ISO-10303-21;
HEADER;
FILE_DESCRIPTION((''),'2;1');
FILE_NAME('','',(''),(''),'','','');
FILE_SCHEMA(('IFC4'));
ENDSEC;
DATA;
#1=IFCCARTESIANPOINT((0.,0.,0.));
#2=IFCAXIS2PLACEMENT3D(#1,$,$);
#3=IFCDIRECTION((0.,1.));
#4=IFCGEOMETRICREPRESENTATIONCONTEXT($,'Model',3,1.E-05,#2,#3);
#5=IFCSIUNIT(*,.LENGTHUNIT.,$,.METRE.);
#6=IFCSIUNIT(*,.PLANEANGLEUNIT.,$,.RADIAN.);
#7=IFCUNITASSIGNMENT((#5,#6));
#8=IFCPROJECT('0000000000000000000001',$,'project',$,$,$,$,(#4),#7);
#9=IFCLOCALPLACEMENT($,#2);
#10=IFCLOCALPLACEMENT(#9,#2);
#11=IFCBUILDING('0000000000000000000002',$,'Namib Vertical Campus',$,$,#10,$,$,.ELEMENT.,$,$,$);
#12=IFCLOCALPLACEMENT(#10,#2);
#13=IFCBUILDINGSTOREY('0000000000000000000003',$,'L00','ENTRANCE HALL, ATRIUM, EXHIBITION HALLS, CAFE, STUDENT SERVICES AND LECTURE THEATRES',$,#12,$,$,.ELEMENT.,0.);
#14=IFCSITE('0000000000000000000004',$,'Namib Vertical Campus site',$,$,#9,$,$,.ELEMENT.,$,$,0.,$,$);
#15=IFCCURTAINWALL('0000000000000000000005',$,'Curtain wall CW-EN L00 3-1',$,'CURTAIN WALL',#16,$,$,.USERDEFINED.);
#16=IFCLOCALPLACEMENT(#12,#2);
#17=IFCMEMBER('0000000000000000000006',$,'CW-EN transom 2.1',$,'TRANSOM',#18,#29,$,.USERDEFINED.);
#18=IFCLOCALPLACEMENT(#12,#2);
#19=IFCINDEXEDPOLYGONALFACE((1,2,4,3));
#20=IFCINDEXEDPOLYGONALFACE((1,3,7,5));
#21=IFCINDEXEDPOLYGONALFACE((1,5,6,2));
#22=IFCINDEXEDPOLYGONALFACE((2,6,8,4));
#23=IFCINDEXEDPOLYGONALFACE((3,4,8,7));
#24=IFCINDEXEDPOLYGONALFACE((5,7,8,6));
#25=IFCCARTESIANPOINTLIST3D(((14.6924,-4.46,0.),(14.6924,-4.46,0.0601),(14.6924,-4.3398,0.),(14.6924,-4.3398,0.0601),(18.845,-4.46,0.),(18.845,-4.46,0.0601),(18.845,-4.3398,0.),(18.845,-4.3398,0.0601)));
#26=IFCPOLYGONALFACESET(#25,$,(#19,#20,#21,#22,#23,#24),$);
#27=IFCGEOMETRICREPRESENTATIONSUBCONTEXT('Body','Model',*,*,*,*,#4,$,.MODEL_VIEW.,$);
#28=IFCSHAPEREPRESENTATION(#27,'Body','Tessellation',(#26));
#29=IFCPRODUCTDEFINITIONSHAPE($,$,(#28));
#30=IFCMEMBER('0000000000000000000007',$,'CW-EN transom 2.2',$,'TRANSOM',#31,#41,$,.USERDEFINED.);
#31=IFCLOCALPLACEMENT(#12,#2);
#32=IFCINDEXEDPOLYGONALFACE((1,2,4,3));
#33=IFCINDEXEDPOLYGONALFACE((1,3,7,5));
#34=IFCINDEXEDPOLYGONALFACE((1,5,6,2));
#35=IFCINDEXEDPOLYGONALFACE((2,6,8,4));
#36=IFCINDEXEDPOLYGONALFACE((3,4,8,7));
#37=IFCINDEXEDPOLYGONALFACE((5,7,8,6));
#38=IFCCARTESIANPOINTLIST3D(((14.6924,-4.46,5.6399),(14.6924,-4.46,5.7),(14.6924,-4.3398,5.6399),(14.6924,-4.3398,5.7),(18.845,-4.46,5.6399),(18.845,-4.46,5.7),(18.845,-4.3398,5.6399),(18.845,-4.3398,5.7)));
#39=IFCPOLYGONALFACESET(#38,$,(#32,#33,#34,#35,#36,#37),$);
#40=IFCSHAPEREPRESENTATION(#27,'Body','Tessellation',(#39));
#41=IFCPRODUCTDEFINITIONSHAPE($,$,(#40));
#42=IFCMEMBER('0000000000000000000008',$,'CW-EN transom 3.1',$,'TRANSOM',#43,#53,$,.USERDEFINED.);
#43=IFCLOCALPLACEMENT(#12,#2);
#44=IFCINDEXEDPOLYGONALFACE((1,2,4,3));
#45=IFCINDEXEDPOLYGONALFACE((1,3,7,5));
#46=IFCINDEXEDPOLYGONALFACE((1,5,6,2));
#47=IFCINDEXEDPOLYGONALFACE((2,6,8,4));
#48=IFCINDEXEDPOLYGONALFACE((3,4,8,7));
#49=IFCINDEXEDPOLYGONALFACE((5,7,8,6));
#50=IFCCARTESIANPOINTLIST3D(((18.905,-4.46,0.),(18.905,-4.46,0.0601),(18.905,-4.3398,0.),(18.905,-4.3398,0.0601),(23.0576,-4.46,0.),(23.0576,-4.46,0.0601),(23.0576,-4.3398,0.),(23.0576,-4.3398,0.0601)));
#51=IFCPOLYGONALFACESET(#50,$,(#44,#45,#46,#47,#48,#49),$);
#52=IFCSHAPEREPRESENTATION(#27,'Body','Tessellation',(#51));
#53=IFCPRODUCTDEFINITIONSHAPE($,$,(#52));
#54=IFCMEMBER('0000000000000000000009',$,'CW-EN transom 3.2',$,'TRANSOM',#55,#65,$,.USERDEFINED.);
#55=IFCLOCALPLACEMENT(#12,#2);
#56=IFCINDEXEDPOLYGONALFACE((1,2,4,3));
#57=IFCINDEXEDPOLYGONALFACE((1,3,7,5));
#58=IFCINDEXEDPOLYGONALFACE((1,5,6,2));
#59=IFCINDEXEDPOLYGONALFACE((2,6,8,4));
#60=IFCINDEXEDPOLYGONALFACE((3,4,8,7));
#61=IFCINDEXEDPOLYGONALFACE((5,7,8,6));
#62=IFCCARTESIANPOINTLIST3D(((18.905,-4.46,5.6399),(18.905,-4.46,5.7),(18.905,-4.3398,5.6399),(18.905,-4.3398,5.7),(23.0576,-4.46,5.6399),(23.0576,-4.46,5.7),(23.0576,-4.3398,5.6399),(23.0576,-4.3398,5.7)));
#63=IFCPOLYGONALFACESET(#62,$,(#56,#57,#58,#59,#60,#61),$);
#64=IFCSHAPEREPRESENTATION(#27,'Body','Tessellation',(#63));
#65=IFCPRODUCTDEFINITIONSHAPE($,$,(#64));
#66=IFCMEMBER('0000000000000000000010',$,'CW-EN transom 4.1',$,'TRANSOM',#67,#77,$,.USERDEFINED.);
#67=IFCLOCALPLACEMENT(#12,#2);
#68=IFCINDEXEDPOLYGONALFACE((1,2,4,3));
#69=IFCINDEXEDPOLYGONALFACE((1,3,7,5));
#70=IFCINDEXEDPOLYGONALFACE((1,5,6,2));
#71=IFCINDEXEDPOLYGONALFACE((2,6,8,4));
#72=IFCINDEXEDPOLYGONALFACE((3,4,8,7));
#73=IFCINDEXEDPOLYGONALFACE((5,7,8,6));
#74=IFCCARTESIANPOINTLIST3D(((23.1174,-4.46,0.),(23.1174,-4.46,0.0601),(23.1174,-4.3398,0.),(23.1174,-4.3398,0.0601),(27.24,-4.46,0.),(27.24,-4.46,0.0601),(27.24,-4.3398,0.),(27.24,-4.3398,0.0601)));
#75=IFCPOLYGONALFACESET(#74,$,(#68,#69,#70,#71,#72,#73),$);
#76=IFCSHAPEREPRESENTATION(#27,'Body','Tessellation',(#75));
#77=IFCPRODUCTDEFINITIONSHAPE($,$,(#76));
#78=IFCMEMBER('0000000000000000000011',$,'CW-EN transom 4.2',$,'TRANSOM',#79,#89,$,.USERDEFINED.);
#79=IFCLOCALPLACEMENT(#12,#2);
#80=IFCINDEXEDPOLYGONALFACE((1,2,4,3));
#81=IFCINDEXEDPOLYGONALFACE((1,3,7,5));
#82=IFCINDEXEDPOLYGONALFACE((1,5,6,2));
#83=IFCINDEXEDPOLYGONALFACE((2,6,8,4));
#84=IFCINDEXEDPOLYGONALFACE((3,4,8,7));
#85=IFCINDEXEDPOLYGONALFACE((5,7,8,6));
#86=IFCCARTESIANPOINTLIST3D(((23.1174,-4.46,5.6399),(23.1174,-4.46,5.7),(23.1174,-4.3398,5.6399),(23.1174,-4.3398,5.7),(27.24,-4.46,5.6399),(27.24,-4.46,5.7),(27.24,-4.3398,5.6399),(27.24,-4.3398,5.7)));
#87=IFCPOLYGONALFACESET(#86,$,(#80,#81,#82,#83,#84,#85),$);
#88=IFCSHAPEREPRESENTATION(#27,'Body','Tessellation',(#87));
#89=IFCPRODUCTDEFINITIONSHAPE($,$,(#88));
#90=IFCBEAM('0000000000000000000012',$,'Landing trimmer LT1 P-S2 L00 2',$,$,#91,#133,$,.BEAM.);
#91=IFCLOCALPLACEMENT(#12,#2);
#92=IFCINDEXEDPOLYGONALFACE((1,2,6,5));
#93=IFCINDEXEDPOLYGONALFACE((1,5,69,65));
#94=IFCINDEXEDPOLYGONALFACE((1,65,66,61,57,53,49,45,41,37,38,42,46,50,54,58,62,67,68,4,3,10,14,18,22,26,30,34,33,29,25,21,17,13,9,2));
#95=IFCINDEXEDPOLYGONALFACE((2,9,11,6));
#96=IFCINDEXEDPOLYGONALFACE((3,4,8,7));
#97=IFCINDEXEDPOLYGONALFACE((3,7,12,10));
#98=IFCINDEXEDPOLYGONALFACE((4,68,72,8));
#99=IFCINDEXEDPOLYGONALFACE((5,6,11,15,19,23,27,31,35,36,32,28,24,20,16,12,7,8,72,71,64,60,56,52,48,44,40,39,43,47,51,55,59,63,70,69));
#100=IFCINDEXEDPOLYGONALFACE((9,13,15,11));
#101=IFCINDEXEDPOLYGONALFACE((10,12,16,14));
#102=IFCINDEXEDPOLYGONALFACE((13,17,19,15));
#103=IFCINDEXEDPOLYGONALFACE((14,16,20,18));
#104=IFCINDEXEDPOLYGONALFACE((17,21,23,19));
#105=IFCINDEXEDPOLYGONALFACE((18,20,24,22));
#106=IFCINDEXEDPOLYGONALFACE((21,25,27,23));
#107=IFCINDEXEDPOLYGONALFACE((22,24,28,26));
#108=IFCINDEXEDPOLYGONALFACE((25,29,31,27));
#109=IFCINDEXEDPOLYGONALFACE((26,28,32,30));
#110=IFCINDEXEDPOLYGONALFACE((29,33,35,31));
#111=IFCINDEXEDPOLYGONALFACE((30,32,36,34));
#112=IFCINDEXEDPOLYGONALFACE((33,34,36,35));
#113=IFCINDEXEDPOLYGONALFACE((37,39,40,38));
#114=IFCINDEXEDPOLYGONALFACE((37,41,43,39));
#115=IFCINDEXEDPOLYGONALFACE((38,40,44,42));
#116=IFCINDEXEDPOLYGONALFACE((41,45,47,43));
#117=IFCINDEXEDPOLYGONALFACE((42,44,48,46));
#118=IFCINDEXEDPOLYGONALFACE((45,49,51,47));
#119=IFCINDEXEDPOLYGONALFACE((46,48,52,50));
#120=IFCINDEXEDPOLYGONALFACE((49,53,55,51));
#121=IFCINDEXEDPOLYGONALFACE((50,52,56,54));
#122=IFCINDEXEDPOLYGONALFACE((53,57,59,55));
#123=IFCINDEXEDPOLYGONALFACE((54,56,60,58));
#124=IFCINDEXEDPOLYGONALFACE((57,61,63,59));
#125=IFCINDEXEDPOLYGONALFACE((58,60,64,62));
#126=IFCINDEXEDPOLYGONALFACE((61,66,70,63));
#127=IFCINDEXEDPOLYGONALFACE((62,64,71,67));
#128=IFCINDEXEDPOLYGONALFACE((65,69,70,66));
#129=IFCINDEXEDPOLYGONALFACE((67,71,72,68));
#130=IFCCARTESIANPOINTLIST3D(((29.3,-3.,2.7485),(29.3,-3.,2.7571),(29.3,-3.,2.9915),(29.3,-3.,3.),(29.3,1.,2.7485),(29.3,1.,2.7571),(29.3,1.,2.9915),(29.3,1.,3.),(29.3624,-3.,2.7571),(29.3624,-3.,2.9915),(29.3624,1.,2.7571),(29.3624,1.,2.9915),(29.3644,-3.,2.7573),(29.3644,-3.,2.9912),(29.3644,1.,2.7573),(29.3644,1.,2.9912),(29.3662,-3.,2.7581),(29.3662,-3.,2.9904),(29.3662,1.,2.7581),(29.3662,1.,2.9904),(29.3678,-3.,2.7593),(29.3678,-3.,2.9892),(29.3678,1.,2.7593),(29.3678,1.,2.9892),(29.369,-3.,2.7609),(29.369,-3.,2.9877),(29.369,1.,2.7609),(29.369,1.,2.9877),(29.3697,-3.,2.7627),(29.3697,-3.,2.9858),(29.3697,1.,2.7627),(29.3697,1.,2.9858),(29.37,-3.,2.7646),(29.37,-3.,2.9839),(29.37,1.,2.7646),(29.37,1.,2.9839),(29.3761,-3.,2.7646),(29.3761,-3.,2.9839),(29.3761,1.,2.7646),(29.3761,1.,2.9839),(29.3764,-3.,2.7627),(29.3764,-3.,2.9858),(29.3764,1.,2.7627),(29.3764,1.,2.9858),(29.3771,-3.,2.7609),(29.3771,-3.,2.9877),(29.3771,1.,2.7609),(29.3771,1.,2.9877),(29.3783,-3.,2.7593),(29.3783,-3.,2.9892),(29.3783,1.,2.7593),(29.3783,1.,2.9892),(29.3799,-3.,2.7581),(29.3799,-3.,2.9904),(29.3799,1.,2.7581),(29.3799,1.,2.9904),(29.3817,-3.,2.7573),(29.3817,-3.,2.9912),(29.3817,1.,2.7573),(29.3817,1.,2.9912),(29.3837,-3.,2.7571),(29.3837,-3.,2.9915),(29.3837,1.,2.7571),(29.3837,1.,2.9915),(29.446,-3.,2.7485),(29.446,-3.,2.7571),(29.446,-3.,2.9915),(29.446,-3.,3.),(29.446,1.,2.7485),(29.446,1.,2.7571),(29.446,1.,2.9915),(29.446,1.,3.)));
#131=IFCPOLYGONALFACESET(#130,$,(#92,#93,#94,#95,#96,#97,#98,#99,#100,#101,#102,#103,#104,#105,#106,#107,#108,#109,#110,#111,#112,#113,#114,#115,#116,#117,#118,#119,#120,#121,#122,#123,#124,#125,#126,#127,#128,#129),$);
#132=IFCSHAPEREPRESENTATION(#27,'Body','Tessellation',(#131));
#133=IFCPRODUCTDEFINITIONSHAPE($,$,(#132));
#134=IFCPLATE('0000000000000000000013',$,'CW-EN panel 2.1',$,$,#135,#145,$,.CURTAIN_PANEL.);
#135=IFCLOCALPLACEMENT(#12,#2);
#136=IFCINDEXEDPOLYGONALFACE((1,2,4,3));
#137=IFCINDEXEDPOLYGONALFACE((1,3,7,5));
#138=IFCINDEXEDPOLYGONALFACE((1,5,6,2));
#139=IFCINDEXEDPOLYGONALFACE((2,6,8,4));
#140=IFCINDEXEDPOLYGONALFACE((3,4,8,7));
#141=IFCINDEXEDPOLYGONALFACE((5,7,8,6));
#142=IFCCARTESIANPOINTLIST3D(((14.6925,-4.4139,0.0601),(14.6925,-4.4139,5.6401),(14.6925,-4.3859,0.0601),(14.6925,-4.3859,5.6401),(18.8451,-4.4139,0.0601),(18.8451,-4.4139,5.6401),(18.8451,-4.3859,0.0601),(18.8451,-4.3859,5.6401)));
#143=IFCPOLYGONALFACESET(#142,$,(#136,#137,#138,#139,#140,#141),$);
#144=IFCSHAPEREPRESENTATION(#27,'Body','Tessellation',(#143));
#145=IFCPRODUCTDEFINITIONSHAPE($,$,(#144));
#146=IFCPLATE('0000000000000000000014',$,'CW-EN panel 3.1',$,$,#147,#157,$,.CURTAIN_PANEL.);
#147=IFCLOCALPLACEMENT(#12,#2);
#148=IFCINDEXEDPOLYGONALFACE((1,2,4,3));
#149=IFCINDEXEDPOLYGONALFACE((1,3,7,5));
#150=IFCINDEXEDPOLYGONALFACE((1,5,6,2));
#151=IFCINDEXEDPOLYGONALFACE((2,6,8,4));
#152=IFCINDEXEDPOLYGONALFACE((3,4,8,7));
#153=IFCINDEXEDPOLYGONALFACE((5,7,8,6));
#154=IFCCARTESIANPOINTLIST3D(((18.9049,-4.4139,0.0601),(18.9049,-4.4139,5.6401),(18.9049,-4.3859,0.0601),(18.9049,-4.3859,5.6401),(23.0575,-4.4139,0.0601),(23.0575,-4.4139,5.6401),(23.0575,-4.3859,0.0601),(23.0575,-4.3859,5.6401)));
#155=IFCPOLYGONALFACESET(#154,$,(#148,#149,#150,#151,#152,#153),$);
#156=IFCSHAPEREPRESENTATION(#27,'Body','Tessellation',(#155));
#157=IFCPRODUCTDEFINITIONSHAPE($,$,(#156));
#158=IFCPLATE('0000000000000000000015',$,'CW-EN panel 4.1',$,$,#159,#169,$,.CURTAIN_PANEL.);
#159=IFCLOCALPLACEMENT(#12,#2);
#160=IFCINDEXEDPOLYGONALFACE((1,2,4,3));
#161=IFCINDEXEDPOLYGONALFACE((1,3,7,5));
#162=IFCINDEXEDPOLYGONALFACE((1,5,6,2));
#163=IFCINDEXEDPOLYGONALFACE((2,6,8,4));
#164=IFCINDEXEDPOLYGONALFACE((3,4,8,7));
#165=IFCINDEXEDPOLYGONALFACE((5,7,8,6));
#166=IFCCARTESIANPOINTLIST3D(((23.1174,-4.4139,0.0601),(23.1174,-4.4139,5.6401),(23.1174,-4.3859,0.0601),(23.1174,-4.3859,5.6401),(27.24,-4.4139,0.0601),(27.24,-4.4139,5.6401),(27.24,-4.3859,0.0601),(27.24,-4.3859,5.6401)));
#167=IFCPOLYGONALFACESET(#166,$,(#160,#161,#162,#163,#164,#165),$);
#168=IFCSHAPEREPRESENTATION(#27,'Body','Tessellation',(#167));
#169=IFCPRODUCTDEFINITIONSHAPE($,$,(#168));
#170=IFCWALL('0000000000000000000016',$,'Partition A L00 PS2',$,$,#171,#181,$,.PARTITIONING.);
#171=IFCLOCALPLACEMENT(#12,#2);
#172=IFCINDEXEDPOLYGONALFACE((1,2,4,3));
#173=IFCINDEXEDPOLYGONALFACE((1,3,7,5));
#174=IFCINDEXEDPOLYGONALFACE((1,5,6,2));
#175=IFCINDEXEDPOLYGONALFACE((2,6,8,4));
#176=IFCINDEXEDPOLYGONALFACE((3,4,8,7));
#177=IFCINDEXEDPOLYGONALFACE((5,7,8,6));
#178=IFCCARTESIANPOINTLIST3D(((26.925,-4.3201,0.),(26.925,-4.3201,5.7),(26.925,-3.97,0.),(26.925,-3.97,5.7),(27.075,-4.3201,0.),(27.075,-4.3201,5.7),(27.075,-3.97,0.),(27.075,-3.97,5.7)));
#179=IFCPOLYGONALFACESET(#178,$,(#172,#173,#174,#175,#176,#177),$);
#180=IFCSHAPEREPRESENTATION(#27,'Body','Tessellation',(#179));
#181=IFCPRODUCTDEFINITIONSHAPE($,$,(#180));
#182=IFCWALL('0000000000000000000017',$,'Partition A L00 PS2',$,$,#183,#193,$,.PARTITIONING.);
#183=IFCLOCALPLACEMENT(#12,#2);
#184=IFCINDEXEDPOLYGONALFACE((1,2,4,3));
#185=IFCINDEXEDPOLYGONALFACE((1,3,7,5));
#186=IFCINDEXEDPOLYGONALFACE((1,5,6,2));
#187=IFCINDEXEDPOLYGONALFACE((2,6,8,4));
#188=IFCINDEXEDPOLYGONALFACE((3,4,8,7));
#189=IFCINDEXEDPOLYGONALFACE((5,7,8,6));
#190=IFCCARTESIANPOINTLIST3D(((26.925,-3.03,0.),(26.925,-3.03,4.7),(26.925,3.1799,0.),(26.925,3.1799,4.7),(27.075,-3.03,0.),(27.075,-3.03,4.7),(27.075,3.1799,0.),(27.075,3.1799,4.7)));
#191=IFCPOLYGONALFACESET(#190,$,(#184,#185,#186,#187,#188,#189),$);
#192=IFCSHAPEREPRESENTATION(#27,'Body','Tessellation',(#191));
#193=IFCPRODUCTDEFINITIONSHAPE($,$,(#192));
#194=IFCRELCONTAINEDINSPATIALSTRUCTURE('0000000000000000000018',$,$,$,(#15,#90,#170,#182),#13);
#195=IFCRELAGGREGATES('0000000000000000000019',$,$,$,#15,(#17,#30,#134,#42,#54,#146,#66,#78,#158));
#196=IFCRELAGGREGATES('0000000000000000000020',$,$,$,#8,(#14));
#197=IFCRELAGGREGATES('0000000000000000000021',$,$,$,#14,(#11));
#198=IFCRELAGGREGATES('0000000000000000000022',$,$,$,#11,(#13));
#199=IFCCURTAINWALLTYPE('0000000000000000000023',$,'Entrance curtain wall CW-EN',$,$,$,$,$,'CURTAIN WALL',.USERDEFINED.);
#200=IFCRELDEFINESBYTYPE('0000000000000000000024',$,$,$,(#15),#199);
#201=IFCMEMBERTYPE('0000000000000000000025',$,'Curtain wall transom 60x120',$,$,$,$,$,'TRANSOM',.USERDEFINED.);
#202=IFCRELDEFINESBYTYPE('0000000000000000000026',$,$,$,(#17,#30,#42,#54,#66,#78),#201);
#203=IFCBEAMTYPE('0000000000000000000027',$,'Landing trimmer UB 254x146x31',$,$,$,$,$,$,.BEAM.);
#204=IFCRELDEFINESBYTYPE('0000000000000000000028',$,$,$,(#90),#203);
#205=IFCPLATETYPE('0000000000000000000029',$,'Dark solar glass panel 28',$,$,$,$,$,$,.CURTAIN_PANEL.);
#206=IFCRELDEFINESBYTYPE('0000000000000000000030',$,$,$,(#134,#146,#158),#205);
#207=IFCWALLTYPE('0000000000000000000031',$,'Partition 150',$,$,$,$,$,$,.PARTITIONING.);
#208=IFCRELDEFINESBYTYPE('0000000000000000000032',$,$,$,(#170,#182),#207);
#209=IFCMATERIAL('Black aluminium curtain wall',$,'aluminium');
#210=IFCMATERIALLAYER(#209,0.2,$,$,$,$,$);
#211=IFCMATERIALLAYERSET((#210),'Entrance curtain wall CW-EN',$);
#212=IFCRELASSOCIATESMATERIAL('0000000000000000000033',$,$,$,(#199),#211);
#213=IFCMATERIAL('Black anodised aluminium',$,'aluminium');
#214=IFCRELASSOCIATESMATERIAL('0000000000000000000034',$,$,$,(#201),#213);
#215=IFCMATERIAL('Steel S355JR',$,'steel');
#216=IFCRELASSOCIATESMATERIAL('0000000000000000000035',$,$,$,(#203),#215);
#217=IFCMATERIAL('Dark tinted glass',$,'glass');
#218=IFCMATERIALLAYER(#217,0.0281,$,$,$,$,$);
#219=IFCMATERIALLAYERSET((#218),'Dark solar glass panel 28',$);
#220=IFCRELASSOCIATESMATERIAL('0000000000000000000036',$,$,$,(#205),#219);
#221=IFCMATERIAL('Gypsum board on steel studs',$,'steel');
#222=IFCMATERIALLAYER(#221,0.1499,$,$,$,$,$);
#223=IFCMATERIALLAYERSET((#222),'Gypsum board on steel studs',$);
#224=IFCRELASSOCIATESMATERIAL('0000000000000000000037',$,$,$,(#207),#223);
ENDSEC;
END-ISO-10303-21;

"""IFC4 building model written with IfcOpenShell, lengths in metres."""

from ifc_helpers import new_model, si_unit, direction, frame, frame_2d, origin, origin_2d, place, context, subcontext, project, spatial, rectangle, i_section, extrude, material, layer, layer_set, material_profile, profile_set, type_object, element, aggregate, save


model = new_model("IFC4")

# Units and contexts
model_context = context("Model", 3, precision=1e-05, world=origin(), true_north=direction((0.0, 1.0)))
body_context = subcontext(model_context, "Body", "Model", "MODEL_VIEW")
ifc_project = project(units=[si_unit("LENGTHUNIT", "METRE"), si_unit("PLANEANGLEUNIT", "RADIAN")], contexts=[model_context])

# Site, building, storey
site_placement = place(None, origin())
site = spatial("IfcSite", under=ifc_project, at=site_placement, Name="Namib Vertical Campus site", CompositionType="ELEMENT", RefElevation=0.0)
building_placement = place(site_placement, origin())
building = spatial("IfcBuilding", under=site, at=building_placement, Name="Namib Vertical Campus", CompositionType="ELEMENT")
storey_placement = place(building_placement, origin())
storey = spatial("IfcBuildingStorey", under=building, at=storey_placement, Name="L00", Description="ENTRANCE HALL, ATRIUM, EXHIBITION HALLS, CAFE, STUDENT SERVICES AND LECTURE THEATRES", CompositionType="ELEMENT", Elevation=0.0)

# Curtain wall, members
ifc_material_1 = material(Name="Black aluminium curtain wall", Category="aluminium")
ifc_layer_1 = layer(ifc_material_1, 0.2)
ifc_layer_set_1 = layer_set([ifc_layer_1], Name="Entrance curtain wall CW-EN")
curtain_wall_type = type_object("IfcCurtainWallType", Name="Entrance curtain wall CW-EN", ElementType="CURTAIN WALL", PredefinedType="USERDEFINED", material=ifc_layer_set_1)
curtain_wall_placement = place(storey_placement, origin())
curtain_wall = element("IfcCurtainWall", 1, at=curtain_wall_placement, inside=storey, type_object=curtain_wall_type, Name="Curtain wall CW-EN L00 3-1", ObjectType="CURTAIN WALL", PredefinedType="USERDEFINED")
ifc_material_2 = material(Name="Black anodised aluminium", Category="aluminium")
ifc_material_profile_1 = material_profile(ifc_material_2, rectangle(XDim=0.0601, YDim=0.1201, at=origin_2d()))
ifc_profile_set_1 = profile_set([ifc_material_profile_1], Name="Black anodised aluminium")
member_type_1 = type_object("IfcMemberType", Name="Curtain wall transom 60x120", ElementType="TRANSOM", PredefinedType="USERDEFINED", material=ifc_profile_set_1)
member_1_placement = place(storey_placement, frame((14.6924, -4.3999, 0.03), z_axis=(1.0, 0.0, 0.0), x_axis=(0.0, 0.0, 1.0)))
member_1 = element("IfcMember", 2, at=member_1_placement, type_object=member_type_1, Name="CW-EN transom 2.1", ObjectType="TRANSOM", PredefinedType="USERDEFINED", context=body_context, shape_type="SweptSolid", body=[
    extrude(rectangle(XDim=0.0601, YDim=0.1201, at=origin_2d()), origin(), (0.0, 0.0, 1.0), 4.1526),
])
member_2_placement = place(storey_placement, frame((14.6924, -4.3999, 5.6699), z_axis=(1.0, 0.0, 0.0), x_axis=(0.0, 0.0, 1.0)))
member_2 = element("IfcMember", 3, at=member_2_placement, type_object=member_type_1, Name="CW-EN transom 2.2", ObjectType="TRANSOM", PredefinedType="USERDEFINED", context=body_context, shape_type="SweptSolid", body=[
    extrude(rectangle(XDim=0.0601, YDim=0.1201, at=origin_2d()), origin(), (0.0, 0.0, 1.0), 4.1526),
])
member_3_placement = place(storey_placement, frame((18.905, -4.3999, 0.03), z_axis=(1.0, 0.0, 0.0), x_axis=(0.0, 0.0, 1.0)))
member_3 = element("IfcMember", 4, at=member_3_placement, type_object=member_type_1, Name="CW-EN transom 3.1", ObjectType="TRANSOM", PredefinedType="USERDEFINED", context=body_context, shape_type="SweptSolid", body=[
    extrude(rectangle(XDim=0.0601, YDim=0.1201, at=origin_2d()), origin(), (0.0, 0.0, 1.0), 4.1526),
])
member_4_placement = place(storey_placement, frame((18.905, -4.3999, 5.6699), z_axis=(1.0, 0.0, 0.0), x_axis=(0.0, 0.0, 1.0)))
member_4 = element("IfcMember", 5, at=member_4_placement, type_object=member_type_1, Name="CW-EN transom 3.2", ObjectType="TRANSOM", PredefinedType="USERDEFINED", context=body_context, shape_type="SweptSolid", body=[
    extrude(rectangle(XDim=0.0601, YDim=0.1201, at=origin_2d()), origin(), (0.0, 0.0, 1.0), 4.1526),
])
member_5_placement = place(storey_placement, frame((23.1174, -4.3999, 0.03), z_axis=(1.0, 0.0, 0.0), x_axis=(0.0, 0.0, 1.0)))
member_5 = element("IfcMember", 6, at=member_5_placement, type_object=member_type_1, Name="CW-EN transom 4.1", ObjectType="TRANSOM", PredefinedType="USERDEFINED", context=body_context, shape_type="SweptSolid", body=[
    extrude(rectangle(XDim=0.0601, YDim=0.1201, at=origin_2d()), origin(), (0.0, 0.0, 1.0), 4.1226),
])
member_6_placement = place(storey_placement, frame((23.1174, -4.3999, 5.6699), z_axis=(1.0, 0.0, 0.0), x_axis=(0.0, 0.0, 1.0)))
member_6 = element("IfcMember", 7, at=member_6_placement, type_object=member_type_1, Name="CW-EN transom 4.2", ObjectType="TRANSOM", PredefinedType="USERDEFINED", context=body_context, shape_type="SweptSolid", body=[
    extrude(rectangle(XDim=0.0601, YDim=0.1201, at=origin_2d()), origin(), (0.0, 0.0, 1.0), 4.1226),
])

# Beam
ifc_material_3 = material(Name="Steel S355JR", Category="steel")
ifc_material_profile_2 = material_profile(ifc_material_3, i_section(OverallWidth=0.146, OverallDepth=0.2515, WebThickness=0.0061, FlangeThickness=0.0085, FilletRadius=0.0076, at=origin_2d()))
ifc_profile_set_2 = profile_set([ifc_material_profile_2], Name="Steel S355JR")
beam_type = type_object("IfcBeamType", Name="Landing trimmer UB 254x146x31", PredefinedType="BEAM", material=ifc_profile_set_2)
beam_placement = place(storey_placement, frame((29.373, -3.0, 2.8743), z_axis=(0.0, 1.0, 0.0), x_axis=(-1.0, 0.0, 0.0)))
element("IfcBeam", 8, at=beam_placement, inside=storey, type_object=beam_type, Name="Landing trimmer LT1 P-S2 L00 2", PredefinedType="BEAM", context=body_context, shape_type="SweptSolid", body=[
    extrude(i_section(OverallWidth=0.146, OverallDepth=0.2515, WebThickness=0.0061, FlangeThickness=0.0085, FilletRadius=0.0076, at=origin_2d()), origin(), (0.0, 0.0, 1.0), 4.0),
])

# Plates
ifc_material_4 = material(Name="Dark tinted glass", Category="glass")
ifc_layer_2 = layer(ifc_material_4, 0.0281)
ifc_layer_set_2 = layer_set([ifc_layer_2], Name="Dark solar glass panel 28")
plate_type = type_object("IfcPlateType", Name="Dark solar glass panel 28", PredefinedType="CURTAIN_PANEL", material=ifc_layer_set_2)
plate_1_placement = place(storey_placement, frame((16.7688, -4.3999, 0.0601), z_axis=(0.0, 0.0, 1.0), x_axis=(1.0, 0.0, 0.0)))
plate_1 = element("IfcPlate", 9, at=plate_1_placement, type_object=plate_type, Name="CW-EN panel 2.1", PredefinedType="CURTAIN_PANEL", context=body_context, shape_type="SweptSolid", body=[
    extrude(rectangle(XDim=4.1526, YDim=0.0281, at=origin_2d()), origin(), (0.0, 0.0, 1.0), 5.5801),
])
plate_2_placement = place(storey_placement, frame((20.9812, -4.3999, 0.0601), z_axis=(0.0, 0.0, 1.0), x_axis=(1.0, 0.0, 0.0)))
plate_2 = element("IfcPlate", 10, at=plate_2_placement, type_object=plate_type, Name="CW-EN panel 3.1", PredefinedType="CURTAIN_PANEL", context=body_context, shape_type="SweptSolid", body=[
    extrude(rectangle(XDim=4.1526, YDim=0.0281, at=origin_2d()), origin(), (0.0, 0.0, 1.0), 5.5801),
])
plate_3_placement = place(storey_placement, frame((25.1787, -4.3999, 0.0601), z_axis=(0.0, 0.0, 1.0), x_axis=(1.0, 0.0, 0.0)))
plate_3 = element("IfcPlate", 11, at=plate_3_placement, type_object=plate_type, Name="CW-EN panel 4.1", PredefinedType="CURTAIN_PANEL", context=body_context, shape_type="SweptSolid", body=[
    extrude(rectangle(XDim=4.1226, YDim=0.0281, at=origin_2d()), origin(), (0.0, 0.0, 1.0), 5.5801),
])
aggregate(curtain_wall, [member_1, member_2, plate_1, member_3, member_4, plate_2, member_5, member_6, plate_3])

# Walls
ifc_material_5 = material(Name="Gypsum board on steel studs", Category="steel")
ifc_layer_3 = layer(ifc_material_5, 0.1499)
ifc_layer_set_3 = layer_set([ifc_layer_3], Name="Gypsum board on steel studs")
wall_type_1 = type_object("IfcWallType", Name="Partition 150", PredefinedType="PARTITIONING", material=ifc_layer_set_3)
wall_1_placement = place(storey_placement, frame((27.0, -4.3201, 0.0), z_axis=(0.0, 0.0, 1.0), x_axis=(0.0, 1.0, 0.0)))
element("IfcWall", 12, at=wall_1_placement, inside=storey, type_object=wall_type_1, Name="Partition A L00 PS2", PredefinedType="PARTITIONING", context=body_context, shape_type="SweptSolid", body=[
    extrude(rectangle(XDim=0.3501, YDim=0.1499, at=frame_2d((0.175, 0.0))), origin(), (0.0, 0.0, 1.0), 5.7),
])
wall_2_placement = place(storey_placement, frame((27.0, -3.03, 0.0), z_axis=(0.0, 0.0, 1.0), x_axis=(0.0, 1.0, 0.0)))
element("IfcWall", 13, at=wall_2_placement, inside=storey, type_object=wall_type_1, Name="Partition A L00 PS2", PredefinedType="PARTITIONING", context=body_context, shape_type="SweptSolid", body=[
    extrude(rectangle(XDim=6.21, YDim=0.1499, at=frame_2d((3.105, 0.0))), origin(), (0.0, 0.0, 1.0), 4.7),
])

save(model, "model.ifc")
